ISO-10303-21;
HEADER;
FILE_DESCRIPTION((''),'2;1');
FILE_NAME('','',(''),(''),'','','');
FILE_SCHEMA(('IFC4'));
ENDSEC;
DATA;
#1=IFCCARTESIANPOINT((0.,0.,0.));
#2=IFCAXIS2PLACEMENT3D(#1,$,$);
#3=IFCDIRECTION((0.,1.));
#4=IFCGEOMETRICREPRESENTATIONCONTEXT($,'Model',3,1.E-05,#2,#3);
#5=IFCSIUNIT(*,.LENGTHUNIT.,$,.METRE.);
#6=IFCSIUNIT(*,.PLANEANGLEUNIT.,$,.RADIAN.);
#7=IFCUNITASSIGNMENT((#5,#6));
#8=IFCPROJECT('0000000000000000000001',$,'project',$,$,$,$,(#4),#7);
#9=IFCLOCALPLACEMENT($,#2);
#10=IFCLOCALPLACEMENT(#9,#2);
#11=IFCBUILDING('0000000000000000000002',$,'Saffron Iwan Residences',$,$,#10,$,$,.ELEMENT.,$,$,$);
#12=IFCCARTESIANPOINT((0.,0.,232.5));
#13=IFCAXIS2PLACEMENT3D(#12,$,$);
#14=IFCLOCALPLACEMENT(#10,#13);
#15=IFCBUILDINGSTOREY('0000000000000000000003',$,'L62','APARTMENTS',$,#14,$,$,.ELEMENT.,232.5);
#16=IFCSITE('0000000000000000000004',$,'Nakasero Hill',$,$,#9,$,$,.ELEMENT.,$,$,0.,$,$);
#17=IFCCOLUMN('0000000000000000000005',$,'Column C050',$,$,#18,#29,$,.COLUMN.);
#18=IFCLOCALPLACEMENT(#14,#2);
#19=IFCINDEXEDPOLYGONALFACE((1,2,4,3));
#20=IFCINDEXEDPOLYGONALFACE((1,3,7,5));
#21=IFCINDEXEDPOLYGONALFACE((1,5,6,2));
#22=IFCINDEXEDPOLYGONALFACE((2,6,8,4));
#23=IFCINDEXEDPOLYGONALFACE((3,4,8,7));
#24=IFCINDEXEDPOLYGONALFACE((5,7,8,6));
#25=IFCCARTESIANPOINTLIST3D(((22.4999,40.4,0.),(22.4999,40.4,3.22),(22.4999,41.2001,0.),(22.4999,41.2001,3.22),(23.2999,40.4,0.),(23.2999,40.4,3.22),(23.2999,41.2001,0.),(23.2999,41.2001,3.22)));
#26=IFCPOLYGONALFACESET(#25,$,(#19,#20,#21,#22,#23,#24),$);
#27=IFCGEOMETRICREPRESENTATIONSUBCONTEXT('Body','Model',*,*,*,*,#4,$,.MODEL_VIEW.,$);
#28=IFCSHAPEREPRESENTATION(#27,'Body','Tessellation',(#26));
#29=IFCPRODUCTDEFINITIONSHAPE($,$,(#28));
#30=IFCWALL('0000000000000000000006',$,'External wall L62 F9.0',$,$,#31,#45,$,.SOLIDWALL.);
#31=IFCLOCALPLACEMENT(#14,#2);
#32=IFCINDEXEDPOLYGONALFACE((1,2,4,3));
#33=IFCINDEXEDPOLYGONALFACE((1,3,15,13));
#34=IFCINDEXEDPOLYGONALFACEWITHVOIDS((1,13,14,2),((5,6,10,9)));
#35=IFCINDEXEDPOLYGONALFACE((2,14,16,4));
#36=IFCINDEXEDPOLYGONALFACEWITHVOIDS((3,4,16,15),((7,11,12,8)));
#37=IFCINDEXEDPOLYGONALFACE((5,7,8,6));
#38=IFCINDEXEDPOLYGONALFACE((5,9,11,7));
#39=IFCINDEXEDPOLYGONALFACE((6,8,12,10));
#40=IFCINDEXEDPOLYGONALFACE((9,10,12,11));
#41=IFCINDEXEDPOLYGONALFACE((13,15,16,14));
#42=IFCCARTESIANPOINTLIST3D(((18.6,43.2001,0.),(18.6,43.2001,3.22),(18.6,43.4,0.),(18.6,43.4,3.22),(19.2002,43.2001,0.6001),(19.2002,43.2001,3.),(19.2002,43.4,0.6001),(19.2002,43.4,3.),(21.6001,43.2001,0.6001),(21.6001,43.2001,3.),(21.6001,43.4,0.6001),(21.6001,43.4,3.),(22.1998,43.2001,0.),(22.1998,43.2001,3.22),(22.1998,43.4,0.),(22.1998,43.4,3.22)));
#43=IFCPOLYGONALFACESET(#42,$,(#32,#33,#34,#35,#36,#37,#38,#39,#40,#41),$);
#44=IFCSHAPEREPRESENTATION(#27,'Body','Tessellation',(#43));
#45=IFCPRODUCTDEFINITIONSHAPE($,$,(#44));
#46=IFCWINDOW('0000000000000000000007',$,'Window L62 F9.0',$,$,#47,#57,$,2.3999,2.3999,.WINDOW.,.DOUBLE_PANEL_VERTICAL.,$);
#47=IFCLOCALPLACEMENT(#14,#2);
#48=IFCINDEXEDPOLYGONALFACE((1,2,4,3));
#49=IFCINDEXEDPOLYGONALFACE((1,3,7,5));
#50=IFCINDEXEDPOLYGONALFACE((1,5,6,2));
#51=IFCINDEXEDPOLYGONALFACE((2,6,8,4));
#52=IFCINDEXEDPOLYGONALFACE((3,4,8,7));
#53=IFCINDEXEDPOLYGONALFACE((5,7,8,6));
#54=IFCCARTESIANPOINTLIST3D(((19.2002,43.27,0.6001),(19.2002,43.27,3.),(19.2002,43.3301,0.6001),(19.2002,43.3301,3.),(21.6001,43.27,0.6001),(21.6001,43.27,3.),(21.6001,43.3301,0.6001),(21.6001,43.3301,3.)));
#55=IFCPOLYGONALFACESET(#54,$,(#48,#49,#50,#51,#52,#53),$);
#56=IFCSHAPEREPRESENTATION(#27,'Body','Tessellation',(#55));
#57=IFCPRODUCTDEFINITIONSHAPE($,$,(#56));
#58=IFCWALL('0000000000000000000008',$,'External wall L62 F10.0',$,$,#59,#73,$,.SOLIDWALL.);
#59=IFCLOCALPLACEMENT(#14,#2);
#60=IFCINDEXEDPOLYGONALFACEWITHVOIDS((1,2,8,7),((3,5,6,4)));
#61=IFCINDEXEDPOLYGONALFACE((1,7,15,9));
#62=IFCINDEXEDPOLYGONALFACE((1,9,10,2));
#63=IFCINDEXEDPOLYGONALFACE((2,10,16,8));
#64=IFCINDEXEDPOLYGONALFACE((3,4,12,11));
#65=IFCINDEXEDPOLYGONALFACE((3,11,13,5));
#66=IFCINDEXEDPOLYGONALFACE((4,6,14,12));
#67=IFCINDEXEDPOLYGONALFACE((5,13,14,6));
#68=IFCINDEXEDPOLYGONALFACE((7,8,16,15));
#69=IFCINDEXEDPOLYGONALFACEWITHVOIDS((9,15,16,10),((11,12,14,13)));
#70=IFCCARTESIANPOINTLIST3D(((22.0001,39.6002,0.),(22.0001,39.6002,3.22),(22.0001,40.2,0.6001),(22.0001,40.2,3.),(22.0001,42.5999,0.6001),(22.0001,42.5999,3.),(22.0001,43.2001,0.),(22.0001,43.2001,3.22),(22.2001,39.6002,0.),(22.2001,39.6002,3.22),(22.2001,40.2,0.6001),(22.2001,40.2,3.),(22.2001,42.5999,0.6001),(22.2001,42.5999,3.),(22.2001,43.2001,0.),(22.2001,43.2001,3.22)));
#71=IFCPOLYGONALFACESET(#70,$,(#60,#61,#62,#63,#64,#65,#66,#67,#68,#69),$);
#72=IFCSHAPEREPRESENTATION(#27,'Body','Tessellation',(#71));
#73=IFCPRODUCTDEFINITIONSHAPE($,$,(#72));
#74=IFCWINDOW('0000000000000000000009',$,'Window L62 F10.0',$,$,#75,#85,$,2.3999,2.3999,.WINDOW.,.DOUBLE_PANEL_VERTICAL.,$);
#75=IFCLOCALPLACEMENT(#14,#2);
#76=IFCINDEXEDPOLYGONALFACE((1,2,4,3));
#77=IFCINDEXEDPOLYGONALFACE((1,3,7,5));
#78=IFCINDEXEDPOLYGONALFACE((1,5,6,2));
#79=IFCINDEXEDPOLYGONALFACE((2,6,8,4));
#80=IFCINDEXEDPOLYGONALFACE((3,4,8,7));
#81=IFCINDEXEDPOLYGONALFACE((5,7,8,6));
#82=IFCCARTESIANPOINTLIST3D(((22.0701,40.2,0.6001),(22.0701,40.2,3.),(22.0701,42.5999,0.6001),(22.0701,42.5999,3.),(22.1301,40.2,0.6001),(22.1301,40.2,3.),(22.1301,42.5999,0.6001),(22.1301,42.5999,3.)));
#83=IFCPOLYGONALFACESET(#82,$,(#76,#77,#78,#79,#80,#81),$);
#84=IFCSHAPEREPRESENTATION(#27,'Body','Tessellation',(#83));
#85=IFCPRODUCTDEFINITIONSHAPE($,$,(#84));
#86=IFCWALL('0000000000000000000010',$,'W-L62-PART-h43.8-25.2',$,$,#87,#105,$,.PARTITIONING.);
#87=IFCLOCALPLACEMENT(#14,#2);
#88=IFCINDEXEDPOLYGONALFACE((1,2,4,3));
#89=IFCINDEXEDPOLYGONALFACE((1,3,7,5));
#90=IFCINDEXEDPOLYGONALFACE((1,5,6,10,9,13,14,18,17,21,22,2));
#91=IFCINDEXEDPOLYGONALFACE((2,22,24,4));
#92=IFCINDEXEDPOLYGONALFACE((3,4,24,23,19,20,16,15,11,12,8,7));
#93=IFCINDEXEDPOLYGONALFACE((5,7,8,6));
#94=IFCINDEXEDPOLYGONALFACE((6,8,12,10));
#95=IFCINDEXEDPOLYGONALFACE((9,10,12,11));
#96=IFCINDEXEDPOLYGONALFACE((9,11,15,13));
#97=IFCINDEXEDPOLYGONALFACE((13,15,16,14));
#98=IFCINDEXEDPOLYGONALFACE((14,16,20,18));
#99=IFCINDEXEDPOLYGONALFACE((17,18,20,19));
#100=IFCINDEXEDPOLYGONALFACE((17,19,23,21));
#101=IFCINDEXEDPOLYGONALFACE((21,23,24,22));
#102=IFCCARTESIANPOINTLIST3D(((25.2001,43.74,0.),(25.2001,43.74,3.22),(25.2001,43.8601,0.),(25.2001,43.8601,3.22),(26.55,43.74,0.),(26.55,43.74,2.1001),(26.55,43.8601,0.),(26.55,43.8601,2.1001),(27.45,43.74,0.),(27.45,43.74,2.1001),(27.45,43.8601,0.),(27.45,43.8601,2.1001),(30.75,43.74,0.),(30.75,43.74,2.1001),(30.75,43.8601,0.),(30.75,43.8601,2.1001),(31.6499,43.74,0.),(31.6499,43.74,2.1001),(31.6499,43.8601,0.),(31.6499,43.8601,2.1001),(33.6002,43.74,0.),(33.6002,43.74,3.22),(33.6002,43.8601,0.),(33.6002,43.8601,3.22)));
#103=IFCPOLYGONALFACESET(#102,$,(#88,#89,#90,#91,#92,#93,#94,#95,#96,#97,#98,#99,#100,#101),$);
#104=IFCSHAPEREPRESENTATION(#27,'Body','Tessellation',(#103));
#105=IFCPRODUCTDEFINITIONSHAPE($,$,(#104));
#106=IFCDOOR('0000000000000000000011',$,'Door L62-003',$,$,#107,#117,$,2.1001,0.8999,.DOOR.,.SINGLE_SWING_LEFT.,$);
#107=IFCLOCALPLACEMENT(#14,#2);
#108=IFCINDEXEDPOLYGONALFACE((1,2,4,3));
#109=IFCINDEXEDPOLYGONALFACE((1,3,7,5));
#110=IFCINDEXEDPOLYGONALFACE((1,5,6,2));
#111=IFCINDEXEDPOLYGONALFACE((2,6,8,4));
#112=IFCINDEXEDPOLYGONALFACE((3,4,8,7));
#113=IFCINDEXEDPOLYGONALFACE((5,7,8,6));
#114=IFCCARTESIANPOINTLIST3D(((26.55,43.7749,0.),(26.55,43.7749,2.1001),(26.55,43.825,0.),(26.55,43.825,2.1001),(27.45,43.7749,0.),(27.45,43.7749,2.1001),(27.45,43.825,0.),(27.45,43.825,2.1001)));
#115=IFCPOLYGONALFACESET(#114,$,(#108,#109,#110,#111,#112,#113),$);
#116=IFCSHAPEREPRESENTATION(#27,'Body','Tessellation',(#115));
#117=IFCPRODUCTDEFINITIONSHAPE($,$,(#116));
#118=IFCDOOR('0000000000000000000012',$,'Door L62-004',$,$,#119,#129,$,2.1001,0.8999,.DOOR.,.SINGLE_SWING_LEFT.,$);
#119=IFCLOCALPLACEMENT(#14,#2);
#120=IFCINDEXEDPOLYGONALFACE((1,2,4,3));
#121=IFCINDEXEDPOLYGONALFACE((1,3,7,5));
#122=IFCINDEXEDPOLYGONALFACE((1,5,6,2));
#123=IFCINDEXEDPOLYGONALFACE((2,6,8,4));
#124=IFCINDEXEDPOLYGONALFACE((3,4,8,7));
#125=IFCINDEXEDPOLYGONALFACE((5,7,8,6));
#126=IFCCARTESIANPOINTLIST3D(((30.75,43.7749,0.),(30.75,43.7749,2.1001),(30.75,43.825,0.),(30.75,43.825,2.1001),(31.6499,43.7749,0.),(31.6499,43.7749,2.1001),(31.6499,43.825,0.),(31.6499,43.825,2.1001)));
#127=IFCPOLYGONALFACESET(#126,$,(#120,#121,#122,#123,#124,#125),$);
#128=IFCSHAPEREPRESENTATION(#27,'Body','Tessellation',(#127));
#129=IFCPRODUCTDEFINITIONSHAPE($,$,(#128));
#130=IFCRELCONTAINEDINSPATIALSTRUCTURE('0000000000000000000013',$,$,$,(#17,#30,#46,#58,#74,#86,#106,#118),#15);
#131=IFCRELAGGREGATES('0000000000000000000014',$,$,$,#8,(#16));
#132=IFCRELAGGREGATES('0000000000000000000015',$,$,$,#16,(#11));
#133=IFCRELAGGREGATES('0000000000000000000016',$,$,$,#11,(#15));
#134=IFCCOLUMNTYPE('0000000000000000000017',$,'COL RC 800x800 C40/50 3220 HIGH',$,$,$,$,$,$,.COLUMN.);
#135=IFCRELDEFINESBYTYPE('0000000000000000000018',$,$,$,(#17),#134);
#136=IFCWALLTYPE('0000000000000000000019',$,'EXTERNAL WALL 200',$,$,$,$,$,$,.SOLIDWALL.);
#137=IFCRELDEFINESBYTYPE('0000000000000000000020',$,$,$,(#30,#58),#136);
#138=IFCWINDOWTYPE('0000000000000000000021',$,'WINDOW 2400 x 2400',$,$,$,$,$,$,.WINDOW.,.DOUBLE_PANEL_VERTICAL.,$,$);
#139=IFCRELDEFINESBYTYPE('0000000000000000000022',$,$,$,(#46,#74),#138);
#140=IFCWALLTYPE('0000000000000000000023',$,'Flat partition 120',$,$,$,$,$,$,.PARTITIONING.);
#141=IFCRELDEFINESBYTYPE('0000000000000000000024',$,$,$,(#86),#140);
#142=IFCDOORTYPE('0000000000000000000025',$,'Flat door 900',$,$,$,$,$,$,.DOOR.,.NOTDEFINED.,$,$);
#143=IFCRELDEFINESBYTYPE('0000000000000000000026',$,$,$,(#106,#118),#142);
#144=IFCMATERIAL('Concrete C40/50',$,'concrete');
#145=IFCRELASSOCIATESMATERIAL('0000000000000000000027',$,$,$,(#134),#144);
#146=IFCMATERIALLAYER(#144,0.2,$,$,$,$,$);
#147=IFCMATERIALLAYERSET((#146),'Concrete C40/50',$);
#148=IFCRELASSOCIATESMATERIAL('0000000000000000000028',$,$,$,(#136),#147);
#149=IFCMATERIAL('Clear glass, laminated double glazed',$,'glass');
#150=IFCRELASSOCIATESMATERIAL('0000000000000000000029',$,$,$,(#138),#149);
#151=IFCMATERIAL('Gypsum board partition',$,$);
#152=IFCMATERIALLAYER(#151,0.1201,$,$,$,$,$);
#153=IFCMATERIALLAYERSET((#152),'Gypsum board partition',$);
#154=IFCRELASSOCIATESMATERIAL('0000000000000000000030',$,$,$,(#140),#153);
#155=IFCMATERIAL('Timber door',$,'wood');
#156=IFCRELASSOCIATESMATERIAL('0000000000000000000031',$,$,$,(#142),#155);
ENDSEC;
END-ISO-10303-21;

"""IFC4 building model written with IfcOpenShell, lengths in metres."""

from ifc_helpers import new_model, si_unit, direction, frame, frame_2d, origin, origin_2d, place, context, subcontext, project, spatial, rectangle, extrude, source, transform, mapped, material, layer, layer_set, material_profile, profile_set, type_object, element, fill, save


model = new_model("IFC4")

# Units and contexts
model_context = context("Model", 3, precision=1e-05, world=origin(), true_north=direction((0.0, 1.0)))
body_context = subcontext(model_context, "Body", "Model", "MODEL_VIEW")
ifc_project = project(units=[si_unit("LENGTHUNIT", "METRE"), si_unit("PLANEANGLEUNIT", "RADIAN")], contexts=[model_context])

# Site, building, storey
site_placement = place(None, origin())
site = spatial("IfcSite", under=ifc_project, at=site_placement, Name="Nakasero Hill", CompositionType="ELEMENT", RefElevation=0.0)
building_placement = place(site_placement, origin())
building = spatial("IfcBuilding", under=site, at=building_placement, Name="Saffron Iwan Residences", CompositionType="ELEMENT")
storey_placement = place(building_placement, frame((0.0, 0.0, 232.5)))
storey = spatial("IfcBuildingStorey", under=building, at=storey_placement, Name="L62", Description="APARTMENTS", CompositionType="ELEMENT", Elevation=232.5)

# Column
ifc_material_1 = material(Name="Concrete C40/50", Category="concrete")
ifc_material_profile = material_profile(ifc_material_1, rectangle(XDim=0.8, YDim=0.8, at=origin_2d()), Name="RC 800x800")
ifc_profile_set = profile_set([ifc_material_profile], Name="Concrete C40/50")
column_type = type_object("IfcColumnType", Name="COL RC 800x800 C40/50 3220 HIGH", PredefinedType="COLUMN", material=ifc_profile_set)
shared_shape = source(origin(), body_context, "Body", "SweptSolid", [
    extrude(rectangle(XDim=0.8, YDim=0.8, at=origin_2d()), origin(), (0.0, 0.0, 1.0), 3.22),
])
column_placement = place(storey_placement, frame((22.8999, 40.8, 0.0), z_axis=(0.0, 0.0, 1.0), x_axis=(1.0, 0.0, 0.0)))
element("IfcColumn", 1, at=column_placement, inside=storey, type_object=column_type, Name="Column C050", PredefinedType="COLUMN", context=body_context, shape_type="MappedRepresentation", body=[
    mapped(shared_shape, transform((0.0, 0.0, 0.0))),
])

# Walls, openings, windows
ifc_layer_1 = layer(ifc_material_1, 0.2)
ifc_layer_set_1 = layer_set([ifc_layer_1], Name="Concrete C40/50")
wall_type_1 = type_object("IfcWallType", Name="EXTERNAL WALL 200", PredefinedType="SOLIDWALL", material=ifc_layer_set_1)
wall_1_placement = place(storey_placement, frame((18.6001, 43.3, 0.0), z_axis=(0.0, 0.0, 1.0), x_axis=(1.0, 0.0, 0.0)))
wall_1 = element("IfcWall", 2, at=wall_1_placement, inside=storey, type_object=wall_type_1, Name="External wall L62 F9.0", PredefinedType="SOLIDWALL", context=body_context, shape_type="SweptSolid", body=[
    extrude(rectangle(XDim=3.5999, YDim=0.2, at=frame_2d((1.7998, 0.0))), origin(), (0.0, 0.0, 1.0), 3.22),
])
opening_1_placement = place(wall_1_placement, frame((0.6001, 0.0, 0.6001)))
opening_1 = element("IfcOpeningElement", 3, at=opening_1_placement, cuts=wall_1, PredefinedType="OPENING", context=body_context, shape_type="SweptSolid", body=[
    extrude(rectangle(XDim=2.3999, YDim=2.3999, at=frame_2d((1.2, 1.2))), frame((0.0, 0.1099, 0.0), z_axis=(0.0, -1.0, 0.0), x_axis=(1.0, 0.0, 0.0)), (0.0, 0.0, 1.0), 0.22),
])
ifc_material_2 = material(Name="Clear glass, laminated double glazed", Category="glass")
window_type = type_object("IfcWindowType", Name="WINDOW 2400 x 2400", PartitioningType="DOUBLE_PANEL_VERTICAL", PredefinedType="WINDOW", material=ifc_material_2)
window_1_placement = place(opening_1_placement, origin())
window_1 = element("IfcWindow", 4, at=window_1_placement, inside=storey, type_object=window_type, Name="Window L62 F9.0", OverallHeight=2.3999, OverallWidth=2.3999, PartitioningType="DOUBLE_PANEL_VERTICAL", PredefinedType="WINDOW", context=body_context, shape_type="SweptSolid", body=[
    extrude(rectangle(XDim=2.3999, YDim=2.3999, at=frame_2d((1.2, 1.2))), frame((0.0, 0.03, 0.0), z_axis=(0.0, -1.0, 0.0), x_axis=(1.0, 0.0, 0.0)), (0.0, 0.0, 1.0), 0.0601),
])
fill(opening_1, window_1)
wall_2_placement = place(storey_placement, frame((22.1001, 43.2, 0.0), z_axis=(0.0, 0.0, 1.0), x_axis=(0.0, -1.0, 0.0)))
wall_2 = element("IfcWall", 5, at=wall_2_placement, inside=storey, type_object=wall_type_1, Name="External wall L62 F10.0", PredefinedType="SOLIDWALL", context=body_context, shape_type="SweptSolid", body=[
    extrude(rectangle(XDim=3.5999, YDim=0.2, at=frame_2d((1.7998, 0.0))), origin(), (0.0, 0.0, 1.0), 3.22),
])
opening_2_placement = place(wall_2_placement, frame((0.6001, 0.0, 0.6001)))
opening_2 = element("IfcOpeningElement", 6, at=opening_2_placement, cuts=wall_2, PredefinedType="OPENING", context=body_context, shape_type="SweptSolid", body=[
    extrude(rectangle(XDim=2.3999, YDim=2.3999, at=frame_2d((1.2, 1.2))), frame((0.0, 0.1099, 0.0), z_axis=(0.0, -1.0, 0.0), x_axis=(1.0, 0.0, 0.0)), (0.0, 0.0, 1.0), 0.22),
])
window_2_placement = place(opening_2_placement, origin())
window_2 = element("IfcWindow", 7, at=window_2_placement, inside=storey, type_object=window_type, Name="Window L62 F10.0", OverallHeight=2.3999, OverallWidth=2.3999, PartitioningType="DOUBLE_PANEL_VERTICAL", PredefinedType="WINDOW", context=body_context, shape_type="SweptSolid", body=[
    extrude(rectangle(XDim=2.3999, YDim=2.3999, at=frame_2d((1.2, 1.2))), frame((0.0, 0.03, 0.0), z_axis=(0.0, -1.0, 0.0), x_axis=(1.0, 0.0, 0.0)), (0.0, 0.0, 1.0), 0.0601),
])
fill(opening_2, window_2)

# Wall, openings, doors
ifc_material_3 = material(Name="Gypsum board partition")
ifc_layer_2 = layer(ifc_material_3, 0.1201)
ifc_layer_set_2 = layer_set([ifc_layer_2], Name="Gypsum board partition")
wall_type_2 = type_object("IfcWallType", Name="Flat partition 120", PredefinedType="PARTITIONING", material=ifc_layer_set_2)
wall_3_placement = place(storey_placement, frame((25.2, 43.8, 0.0), z_axis=(0.0, 0.0, 1.0), x_axis=(1.0, 0.0, 0.0)))
wall_3 = element("IfcWall", 8, at=wall_3_placement, inside=storey, type_object=wall_type_2, Name="W-L62-PART-h43.8-25.2", PredefinedType="PARTITIONING", context=body_context, shape_type="SweptSolid", body=[
    extrude(rectangle(XDim=8.4001, YDim=0.1201, at=frame_2d((4.2002, 0.0))), origin(), (0.0, 0.0, 1.0), 3.22),
])
opening_3_placement = place(wall_3_placement, frame((1.3501, 0.0, 0.0)))
opening_3 = element("IfcOpeningElement", 9, at=opening_3_placement, cuts=wall_3, PredefinedType="OPENING", context=body_context, shape_type="SweptSolid", body=[
    extrude(rectangle(XDim=0.8999, YDim=2.1001, at=frame_2d((0.45, 1.05))), frame((0.0, 0.0701, 0.0), z_axis=(0.0, -1.0, 0.0), x_axis=(1.0, 0.0, 0.0)), (0.0, 0.0, 1.0), 0.1401),
])
opening_4_placement = place(wall_3_placement, frame((5.55, 0.0, 0.0)))
opening_4 = element("IfcOpeningElement", 10, at=opening_4_placement, cuts=wall_3, PredefinedType="OPENING", context=body_context, shape_type="SweptSolid", body=[
    extrude(rectangle(XDim=0.8999, YDim=2.1001, at=frame_2d((0.45, 1.05))), frame((0.0, 0.0701, 0.0), z_axis=(0.0, -1.0, 0.0), x_axis=(1.0, 0.0, 0.0)), (0.0, 0.0, 1.0), 0.1401),
])
ifc_material_4 = material(Name="Timber door", Category="wood")
door_type = type_object("IfcDoorType", Name="Flat door 900", OperationType="NOTDEFINED", PredefinedType="DOOR", material=ifc_material_4)
door_1_placement = place(opening_3_placement, origin())
door_1 = element("IfcDoor", 11, at=door_1_placement, inside=storey, type_object=door_type, Name="Door L62-003", OperationType="SINGLE_SWING_LEFT", OverallHeight=2.1001, OverallWidth=0.8999, PredefinedType="DOOR", context=body_context, shape_type="SweptSolid", body=[
    extrude(rectangle(XDim=0.8999, YDim=2.1001, at=frame_2d((0.45, 1.05))), frame((0.0, 0.0249, 0.0), z_axis=(0.0, -1.0, 0.0), x_axis=(1.0, 0.0, 0.0)), (0.0, 0.0, 1.0), 0.05),
])
fill(opening_3, door_1)
door_2_placement = place(opening_4_placement, origin())
door_2 = element("IfcDoor", 12, at=door_2_placement, inside=storey, type_object=door_type, Name="Door L62-004", OperationType="SINGLE_SWING_LEFT", OverallHeight=2.1001, OverallWidth=0.8999, PredefinedType="DOOR", context=body_context, shape_type="SweptSolid", body=[
    extrude(rectangle(XDim=0.8999, YDim=2.1001, at=frame_2d((0.45, 1.05))), frame((0.0, 0.0249, 0.0), z_axis=(0.0, -1.0, 0.0), x_axis=(1.0, 0.0, 0.0)), (0.0, 0.0, 1.0), 0.05),
])
fill(opening_4, door_2)

save(model, "model.ifc")
